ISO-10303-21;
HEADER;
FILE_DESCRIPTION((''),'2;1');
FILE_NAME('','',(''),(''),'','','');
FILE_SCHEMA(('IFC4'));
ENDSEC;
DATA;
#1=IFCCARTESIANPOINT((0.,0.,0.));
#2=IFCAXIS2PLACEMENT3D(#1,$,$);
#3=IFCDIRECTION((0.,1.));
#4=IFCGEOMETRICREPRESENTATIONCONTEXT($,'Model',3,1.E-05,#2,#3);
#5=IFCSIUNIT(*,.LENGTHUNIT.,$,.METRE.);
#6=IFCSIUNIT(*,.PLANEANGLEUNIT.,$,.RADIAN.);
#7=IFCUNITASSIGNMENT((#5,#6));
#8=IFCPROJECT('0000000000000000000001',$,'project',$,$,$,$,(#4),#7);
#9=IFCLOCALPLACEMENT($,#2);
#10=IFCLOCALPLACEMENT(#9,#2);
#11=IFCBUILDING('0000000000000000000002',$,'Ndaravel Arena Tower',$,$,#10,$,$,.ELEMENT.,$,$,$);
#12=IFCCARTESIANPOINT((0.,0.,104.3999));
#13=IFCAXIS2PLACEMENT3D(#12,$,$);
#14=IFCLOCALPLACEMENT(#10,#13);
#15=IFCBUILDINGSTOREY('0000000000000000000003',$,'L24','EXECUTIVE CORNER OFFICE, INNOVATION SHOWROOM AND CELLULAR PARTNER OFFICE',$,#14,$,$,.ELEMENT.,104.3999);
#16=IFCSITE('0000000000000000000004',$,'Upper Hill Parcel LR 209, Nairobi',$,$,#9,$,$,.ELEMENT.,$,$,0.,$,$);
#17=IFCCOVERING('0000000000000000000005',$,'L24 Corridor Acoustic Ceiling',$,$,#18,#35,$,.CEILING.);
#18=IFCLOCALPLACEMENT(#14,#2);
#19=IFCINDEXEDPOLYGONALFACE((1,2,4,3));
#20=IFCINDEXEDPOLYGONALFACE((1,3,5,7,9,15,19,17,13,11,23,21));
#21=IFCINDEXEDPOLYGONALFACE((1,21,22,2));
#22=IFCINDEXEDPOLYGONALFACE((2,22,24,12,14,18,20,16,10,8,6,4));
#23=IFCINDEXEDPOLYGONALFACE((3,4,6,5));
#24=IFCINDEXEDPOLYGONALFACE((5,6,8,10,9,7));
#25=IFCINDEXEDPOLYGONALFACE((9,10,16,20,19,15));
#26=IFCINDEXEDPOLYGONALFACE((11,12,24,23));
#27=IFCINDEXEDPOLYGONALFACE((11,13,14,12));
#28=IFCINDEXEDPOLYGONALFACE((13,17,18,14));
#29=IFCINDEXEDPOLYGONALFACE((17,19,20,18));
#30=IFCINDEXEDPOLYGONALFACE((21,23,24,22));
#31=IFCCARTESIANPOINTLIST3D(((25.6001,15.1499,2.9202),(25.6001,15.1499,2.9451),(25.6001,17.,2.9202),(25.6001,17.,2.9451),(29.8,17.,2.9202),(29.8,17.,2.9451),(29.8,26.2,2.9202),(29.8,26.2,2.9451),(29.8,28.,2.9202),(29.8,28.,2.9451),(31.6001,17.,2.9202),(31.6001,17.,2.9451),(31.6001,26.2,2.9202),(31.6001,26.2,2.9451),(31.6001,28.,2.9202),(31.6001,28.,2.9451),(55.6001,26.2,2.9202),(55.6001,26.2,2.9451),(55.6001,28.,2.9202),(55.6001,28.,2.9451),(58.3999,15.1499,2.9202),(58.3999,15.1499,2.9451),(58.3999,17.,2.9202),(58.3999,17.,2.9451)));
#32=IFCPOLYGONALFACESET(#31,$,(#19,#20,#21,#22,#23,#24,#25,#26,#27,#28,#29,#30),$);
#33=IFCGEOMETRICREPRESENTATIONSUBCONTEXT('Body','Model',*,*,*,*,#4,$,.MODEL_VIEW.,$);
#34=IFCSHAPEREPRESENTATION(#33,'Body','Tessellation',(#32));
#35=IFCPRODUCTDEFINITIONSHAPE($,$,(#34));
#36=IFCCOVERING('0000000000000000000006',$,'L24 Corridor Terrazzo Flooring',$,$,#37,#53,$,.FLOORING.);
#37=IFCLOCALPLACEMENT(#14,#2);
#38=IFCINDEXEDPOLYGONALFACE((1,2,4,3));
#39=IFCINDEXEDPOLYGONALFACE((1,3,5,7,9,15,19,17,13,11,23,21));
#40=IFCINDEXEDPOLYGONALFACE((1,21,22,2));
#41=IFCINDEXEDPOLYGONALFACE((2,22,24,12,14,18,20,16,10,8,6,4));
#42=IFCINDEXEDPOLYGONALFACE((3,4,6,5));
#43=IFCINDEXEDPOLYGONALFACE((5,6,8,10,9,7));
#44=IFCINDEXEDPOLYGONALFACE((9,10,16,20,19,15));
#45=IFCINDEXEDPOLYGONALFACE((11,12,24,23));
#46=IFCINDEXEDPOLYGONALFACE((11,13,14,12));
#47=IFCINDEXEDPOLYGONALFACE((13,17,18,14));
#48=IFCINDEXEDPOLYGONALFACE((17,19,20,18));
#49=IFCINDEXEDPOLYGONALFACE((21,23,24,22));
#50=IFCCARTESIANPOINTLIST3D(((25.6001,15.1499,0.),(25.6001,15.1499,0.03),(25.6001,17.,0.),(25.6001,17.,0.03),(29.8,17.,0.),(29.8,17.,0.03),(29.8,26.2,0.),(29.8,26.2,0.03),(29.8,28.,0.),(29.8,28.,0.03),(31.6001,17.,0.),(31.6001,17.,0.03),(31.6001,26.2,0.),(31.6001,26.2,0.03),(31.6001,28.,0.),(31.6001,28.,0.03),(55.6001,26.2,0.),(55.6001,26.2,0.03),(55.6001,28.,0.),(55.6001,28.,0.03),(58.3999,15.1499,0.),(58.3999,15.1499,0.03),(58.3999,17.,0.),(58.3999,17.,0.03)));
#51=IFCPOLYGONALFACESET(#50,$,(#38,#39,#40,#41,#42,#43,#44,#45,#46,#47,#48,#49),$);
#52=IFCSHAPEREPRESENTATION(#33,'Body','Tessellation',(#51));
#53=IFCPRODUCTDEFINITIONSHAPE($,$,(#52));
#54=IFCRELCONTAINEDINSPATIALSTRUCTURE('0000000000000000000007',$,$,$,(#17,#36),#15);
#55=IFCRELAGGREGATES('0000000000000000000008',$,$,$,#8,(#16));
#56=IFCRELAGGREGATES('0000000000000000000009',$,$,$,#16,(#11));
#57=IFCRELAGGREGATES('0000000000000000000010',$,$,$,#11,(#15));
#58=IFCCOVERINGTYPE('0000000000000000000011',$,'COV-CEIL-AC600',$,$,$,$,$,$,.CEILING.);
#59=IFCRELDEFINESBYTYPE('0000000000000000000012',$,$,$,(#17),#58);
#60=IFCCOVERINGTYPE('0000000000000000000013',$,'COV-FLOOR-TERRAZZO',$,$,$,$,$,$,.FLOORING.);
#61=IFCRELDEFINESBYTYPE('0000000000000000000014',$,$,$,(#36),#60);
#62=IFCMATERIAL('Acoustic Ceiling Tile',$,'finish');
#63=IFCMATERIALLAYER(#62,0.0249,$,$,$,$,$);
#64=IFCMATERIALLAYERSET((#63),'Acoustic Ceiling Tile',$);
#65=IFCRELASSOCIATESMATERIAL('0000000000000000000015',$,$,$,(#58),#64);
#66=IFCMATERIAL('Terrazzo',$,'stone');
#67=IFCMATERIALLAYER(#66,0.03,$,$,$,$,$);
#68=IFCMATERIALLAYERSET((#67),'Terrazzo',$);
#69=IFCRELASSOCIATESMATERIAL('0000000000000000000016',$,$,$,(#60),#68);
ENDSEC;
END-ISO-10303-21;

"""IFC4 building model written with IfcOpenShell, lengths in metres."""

from ifc_helpers import new_model, si_unit, direction, frame, origin, place, context, subcontext, project, spatial, polyline, outline, extrude, material, layer, layer_set, type_object, element, save


model = new_model("IFC4")

# Units and contexts
model_context = context("Model", 3, precision=1e-05, world=origin(), true_north=direction((0.0, 1.0)))
body_context = subcontext(model_context, "Body", "Model", "MODEL_VIEW")
ifc_project = project(units=[si_unit("LENGTHUNIT", "METRE"), si_unit("PLANEANGLEUNIT", "RADIAN")], contexts=[model_context])

# Site, building, storey
site_placement = place(None, origin())
site = spatial("IfcSite", under=ifc_project, at=site_placement, Name="Upper Hill Parcel LR 209, Nairobi", CompositionType="ELEMENT", RefElevation=0.0)
building_placement = place(site_placement, origin())
building = spatial("IfcBuilding", under=site, at=building_placement, Name="Ndaravel Arena Tower", CompositionType="ELEMENT")
storey_placement = place(building_placement, frame((0.0, 0.0, 104.3999)))
storey = spatial("IfcBuildingStorey", under=building, at=storey_placement, Name="L24", Description="EXECUTIVE CORNER OFFICE, INNOVATION SHOWROOM AND CELLULAR PARTNER OFFICE", CompositionType="ELEMENT", Elevation=104.3999)

# Coverings
ifc_material_1 = material(Name="Acoustic Ceiling Tile", Category="finish")
ifc_layer_1 = layer(ifc_material_1, 0.0249)
ifc_layer_set_1 = layer_set([ifc_layer_1], Name="Acoustic Ceiling Tile")
covering_type_1 = type_object("IfcCoveringType", Name="COV-CEIL-AC600", PredefinedType="CEILING", material=ifc_layer_set_1)
covering_1_placement = place(storey_placement, frame((0.0, 0.0, 2.9202)))
element("IfcCovering", 1, at=covering_1_placement, inside=storey, type_object=covering_type_1, Name="L24 Corridor Acoustic Ceiling", PredefinedType="CEILING", context=body_context, shape_type="SweptSolid", body=[
    extrude(outline(polyline([(58.3999, 17.0), (31.6001, 17.0), (31.6001, 26.2), (55.6001, 26.2), (55.6001, 28.0), (31.6001, 28.0), (29.8, 28.0), (29.8, 26.2), (29.8, 17.0), (25.6001, 17.0), (25.6001, 15.1499), (58.3999, 15.1499), (58.3999, 17.0)])), origin(), (0.0, 0.0, 1.0), 0.0249),
])
ifc_material_2 = material(Name="Terrazzo", Category="stone")
ifc_layer_2 = layer(ifc_material_2, 0.03)
ifc_layer_set_2 = layer_set([ifc_layer_2], Name="Terrazzo")
covering_type_2 = type_object("IfcCoveringType", Name="COV-FLOOR-TERRAZZO", PredefinedType="FLOORING", material=ifc_layer_set_2)
covering_2_placement = place(storey_placement, origin())
element("IfcCovering", 2, at=covering_2_placement, inside=storey, type_object=covering_type_2, Name="L24 Corridor Terrazzo Flooring", PredefinedType="FLOORING", context=body_context, shape_type="SweptSolid", body=[
    extrude(outline(polyline([(58.3999, 17.0), (31.6001, 17.0), (31.6001, 26.2), (55.6001, 26.2), (55.6001, 28.0), (31.6001, 28.0), (29.8, 28.0), (29.8, 26.2), (29.8, 17.0), (25.6001, 17.0), (25.6001, 15.1499), (58.3999, 15.1499), (58.3999, 17.0)])), origin(), (0.0, 0.0, 1.0), 0.03),
])

save(model, "model.ifc")
